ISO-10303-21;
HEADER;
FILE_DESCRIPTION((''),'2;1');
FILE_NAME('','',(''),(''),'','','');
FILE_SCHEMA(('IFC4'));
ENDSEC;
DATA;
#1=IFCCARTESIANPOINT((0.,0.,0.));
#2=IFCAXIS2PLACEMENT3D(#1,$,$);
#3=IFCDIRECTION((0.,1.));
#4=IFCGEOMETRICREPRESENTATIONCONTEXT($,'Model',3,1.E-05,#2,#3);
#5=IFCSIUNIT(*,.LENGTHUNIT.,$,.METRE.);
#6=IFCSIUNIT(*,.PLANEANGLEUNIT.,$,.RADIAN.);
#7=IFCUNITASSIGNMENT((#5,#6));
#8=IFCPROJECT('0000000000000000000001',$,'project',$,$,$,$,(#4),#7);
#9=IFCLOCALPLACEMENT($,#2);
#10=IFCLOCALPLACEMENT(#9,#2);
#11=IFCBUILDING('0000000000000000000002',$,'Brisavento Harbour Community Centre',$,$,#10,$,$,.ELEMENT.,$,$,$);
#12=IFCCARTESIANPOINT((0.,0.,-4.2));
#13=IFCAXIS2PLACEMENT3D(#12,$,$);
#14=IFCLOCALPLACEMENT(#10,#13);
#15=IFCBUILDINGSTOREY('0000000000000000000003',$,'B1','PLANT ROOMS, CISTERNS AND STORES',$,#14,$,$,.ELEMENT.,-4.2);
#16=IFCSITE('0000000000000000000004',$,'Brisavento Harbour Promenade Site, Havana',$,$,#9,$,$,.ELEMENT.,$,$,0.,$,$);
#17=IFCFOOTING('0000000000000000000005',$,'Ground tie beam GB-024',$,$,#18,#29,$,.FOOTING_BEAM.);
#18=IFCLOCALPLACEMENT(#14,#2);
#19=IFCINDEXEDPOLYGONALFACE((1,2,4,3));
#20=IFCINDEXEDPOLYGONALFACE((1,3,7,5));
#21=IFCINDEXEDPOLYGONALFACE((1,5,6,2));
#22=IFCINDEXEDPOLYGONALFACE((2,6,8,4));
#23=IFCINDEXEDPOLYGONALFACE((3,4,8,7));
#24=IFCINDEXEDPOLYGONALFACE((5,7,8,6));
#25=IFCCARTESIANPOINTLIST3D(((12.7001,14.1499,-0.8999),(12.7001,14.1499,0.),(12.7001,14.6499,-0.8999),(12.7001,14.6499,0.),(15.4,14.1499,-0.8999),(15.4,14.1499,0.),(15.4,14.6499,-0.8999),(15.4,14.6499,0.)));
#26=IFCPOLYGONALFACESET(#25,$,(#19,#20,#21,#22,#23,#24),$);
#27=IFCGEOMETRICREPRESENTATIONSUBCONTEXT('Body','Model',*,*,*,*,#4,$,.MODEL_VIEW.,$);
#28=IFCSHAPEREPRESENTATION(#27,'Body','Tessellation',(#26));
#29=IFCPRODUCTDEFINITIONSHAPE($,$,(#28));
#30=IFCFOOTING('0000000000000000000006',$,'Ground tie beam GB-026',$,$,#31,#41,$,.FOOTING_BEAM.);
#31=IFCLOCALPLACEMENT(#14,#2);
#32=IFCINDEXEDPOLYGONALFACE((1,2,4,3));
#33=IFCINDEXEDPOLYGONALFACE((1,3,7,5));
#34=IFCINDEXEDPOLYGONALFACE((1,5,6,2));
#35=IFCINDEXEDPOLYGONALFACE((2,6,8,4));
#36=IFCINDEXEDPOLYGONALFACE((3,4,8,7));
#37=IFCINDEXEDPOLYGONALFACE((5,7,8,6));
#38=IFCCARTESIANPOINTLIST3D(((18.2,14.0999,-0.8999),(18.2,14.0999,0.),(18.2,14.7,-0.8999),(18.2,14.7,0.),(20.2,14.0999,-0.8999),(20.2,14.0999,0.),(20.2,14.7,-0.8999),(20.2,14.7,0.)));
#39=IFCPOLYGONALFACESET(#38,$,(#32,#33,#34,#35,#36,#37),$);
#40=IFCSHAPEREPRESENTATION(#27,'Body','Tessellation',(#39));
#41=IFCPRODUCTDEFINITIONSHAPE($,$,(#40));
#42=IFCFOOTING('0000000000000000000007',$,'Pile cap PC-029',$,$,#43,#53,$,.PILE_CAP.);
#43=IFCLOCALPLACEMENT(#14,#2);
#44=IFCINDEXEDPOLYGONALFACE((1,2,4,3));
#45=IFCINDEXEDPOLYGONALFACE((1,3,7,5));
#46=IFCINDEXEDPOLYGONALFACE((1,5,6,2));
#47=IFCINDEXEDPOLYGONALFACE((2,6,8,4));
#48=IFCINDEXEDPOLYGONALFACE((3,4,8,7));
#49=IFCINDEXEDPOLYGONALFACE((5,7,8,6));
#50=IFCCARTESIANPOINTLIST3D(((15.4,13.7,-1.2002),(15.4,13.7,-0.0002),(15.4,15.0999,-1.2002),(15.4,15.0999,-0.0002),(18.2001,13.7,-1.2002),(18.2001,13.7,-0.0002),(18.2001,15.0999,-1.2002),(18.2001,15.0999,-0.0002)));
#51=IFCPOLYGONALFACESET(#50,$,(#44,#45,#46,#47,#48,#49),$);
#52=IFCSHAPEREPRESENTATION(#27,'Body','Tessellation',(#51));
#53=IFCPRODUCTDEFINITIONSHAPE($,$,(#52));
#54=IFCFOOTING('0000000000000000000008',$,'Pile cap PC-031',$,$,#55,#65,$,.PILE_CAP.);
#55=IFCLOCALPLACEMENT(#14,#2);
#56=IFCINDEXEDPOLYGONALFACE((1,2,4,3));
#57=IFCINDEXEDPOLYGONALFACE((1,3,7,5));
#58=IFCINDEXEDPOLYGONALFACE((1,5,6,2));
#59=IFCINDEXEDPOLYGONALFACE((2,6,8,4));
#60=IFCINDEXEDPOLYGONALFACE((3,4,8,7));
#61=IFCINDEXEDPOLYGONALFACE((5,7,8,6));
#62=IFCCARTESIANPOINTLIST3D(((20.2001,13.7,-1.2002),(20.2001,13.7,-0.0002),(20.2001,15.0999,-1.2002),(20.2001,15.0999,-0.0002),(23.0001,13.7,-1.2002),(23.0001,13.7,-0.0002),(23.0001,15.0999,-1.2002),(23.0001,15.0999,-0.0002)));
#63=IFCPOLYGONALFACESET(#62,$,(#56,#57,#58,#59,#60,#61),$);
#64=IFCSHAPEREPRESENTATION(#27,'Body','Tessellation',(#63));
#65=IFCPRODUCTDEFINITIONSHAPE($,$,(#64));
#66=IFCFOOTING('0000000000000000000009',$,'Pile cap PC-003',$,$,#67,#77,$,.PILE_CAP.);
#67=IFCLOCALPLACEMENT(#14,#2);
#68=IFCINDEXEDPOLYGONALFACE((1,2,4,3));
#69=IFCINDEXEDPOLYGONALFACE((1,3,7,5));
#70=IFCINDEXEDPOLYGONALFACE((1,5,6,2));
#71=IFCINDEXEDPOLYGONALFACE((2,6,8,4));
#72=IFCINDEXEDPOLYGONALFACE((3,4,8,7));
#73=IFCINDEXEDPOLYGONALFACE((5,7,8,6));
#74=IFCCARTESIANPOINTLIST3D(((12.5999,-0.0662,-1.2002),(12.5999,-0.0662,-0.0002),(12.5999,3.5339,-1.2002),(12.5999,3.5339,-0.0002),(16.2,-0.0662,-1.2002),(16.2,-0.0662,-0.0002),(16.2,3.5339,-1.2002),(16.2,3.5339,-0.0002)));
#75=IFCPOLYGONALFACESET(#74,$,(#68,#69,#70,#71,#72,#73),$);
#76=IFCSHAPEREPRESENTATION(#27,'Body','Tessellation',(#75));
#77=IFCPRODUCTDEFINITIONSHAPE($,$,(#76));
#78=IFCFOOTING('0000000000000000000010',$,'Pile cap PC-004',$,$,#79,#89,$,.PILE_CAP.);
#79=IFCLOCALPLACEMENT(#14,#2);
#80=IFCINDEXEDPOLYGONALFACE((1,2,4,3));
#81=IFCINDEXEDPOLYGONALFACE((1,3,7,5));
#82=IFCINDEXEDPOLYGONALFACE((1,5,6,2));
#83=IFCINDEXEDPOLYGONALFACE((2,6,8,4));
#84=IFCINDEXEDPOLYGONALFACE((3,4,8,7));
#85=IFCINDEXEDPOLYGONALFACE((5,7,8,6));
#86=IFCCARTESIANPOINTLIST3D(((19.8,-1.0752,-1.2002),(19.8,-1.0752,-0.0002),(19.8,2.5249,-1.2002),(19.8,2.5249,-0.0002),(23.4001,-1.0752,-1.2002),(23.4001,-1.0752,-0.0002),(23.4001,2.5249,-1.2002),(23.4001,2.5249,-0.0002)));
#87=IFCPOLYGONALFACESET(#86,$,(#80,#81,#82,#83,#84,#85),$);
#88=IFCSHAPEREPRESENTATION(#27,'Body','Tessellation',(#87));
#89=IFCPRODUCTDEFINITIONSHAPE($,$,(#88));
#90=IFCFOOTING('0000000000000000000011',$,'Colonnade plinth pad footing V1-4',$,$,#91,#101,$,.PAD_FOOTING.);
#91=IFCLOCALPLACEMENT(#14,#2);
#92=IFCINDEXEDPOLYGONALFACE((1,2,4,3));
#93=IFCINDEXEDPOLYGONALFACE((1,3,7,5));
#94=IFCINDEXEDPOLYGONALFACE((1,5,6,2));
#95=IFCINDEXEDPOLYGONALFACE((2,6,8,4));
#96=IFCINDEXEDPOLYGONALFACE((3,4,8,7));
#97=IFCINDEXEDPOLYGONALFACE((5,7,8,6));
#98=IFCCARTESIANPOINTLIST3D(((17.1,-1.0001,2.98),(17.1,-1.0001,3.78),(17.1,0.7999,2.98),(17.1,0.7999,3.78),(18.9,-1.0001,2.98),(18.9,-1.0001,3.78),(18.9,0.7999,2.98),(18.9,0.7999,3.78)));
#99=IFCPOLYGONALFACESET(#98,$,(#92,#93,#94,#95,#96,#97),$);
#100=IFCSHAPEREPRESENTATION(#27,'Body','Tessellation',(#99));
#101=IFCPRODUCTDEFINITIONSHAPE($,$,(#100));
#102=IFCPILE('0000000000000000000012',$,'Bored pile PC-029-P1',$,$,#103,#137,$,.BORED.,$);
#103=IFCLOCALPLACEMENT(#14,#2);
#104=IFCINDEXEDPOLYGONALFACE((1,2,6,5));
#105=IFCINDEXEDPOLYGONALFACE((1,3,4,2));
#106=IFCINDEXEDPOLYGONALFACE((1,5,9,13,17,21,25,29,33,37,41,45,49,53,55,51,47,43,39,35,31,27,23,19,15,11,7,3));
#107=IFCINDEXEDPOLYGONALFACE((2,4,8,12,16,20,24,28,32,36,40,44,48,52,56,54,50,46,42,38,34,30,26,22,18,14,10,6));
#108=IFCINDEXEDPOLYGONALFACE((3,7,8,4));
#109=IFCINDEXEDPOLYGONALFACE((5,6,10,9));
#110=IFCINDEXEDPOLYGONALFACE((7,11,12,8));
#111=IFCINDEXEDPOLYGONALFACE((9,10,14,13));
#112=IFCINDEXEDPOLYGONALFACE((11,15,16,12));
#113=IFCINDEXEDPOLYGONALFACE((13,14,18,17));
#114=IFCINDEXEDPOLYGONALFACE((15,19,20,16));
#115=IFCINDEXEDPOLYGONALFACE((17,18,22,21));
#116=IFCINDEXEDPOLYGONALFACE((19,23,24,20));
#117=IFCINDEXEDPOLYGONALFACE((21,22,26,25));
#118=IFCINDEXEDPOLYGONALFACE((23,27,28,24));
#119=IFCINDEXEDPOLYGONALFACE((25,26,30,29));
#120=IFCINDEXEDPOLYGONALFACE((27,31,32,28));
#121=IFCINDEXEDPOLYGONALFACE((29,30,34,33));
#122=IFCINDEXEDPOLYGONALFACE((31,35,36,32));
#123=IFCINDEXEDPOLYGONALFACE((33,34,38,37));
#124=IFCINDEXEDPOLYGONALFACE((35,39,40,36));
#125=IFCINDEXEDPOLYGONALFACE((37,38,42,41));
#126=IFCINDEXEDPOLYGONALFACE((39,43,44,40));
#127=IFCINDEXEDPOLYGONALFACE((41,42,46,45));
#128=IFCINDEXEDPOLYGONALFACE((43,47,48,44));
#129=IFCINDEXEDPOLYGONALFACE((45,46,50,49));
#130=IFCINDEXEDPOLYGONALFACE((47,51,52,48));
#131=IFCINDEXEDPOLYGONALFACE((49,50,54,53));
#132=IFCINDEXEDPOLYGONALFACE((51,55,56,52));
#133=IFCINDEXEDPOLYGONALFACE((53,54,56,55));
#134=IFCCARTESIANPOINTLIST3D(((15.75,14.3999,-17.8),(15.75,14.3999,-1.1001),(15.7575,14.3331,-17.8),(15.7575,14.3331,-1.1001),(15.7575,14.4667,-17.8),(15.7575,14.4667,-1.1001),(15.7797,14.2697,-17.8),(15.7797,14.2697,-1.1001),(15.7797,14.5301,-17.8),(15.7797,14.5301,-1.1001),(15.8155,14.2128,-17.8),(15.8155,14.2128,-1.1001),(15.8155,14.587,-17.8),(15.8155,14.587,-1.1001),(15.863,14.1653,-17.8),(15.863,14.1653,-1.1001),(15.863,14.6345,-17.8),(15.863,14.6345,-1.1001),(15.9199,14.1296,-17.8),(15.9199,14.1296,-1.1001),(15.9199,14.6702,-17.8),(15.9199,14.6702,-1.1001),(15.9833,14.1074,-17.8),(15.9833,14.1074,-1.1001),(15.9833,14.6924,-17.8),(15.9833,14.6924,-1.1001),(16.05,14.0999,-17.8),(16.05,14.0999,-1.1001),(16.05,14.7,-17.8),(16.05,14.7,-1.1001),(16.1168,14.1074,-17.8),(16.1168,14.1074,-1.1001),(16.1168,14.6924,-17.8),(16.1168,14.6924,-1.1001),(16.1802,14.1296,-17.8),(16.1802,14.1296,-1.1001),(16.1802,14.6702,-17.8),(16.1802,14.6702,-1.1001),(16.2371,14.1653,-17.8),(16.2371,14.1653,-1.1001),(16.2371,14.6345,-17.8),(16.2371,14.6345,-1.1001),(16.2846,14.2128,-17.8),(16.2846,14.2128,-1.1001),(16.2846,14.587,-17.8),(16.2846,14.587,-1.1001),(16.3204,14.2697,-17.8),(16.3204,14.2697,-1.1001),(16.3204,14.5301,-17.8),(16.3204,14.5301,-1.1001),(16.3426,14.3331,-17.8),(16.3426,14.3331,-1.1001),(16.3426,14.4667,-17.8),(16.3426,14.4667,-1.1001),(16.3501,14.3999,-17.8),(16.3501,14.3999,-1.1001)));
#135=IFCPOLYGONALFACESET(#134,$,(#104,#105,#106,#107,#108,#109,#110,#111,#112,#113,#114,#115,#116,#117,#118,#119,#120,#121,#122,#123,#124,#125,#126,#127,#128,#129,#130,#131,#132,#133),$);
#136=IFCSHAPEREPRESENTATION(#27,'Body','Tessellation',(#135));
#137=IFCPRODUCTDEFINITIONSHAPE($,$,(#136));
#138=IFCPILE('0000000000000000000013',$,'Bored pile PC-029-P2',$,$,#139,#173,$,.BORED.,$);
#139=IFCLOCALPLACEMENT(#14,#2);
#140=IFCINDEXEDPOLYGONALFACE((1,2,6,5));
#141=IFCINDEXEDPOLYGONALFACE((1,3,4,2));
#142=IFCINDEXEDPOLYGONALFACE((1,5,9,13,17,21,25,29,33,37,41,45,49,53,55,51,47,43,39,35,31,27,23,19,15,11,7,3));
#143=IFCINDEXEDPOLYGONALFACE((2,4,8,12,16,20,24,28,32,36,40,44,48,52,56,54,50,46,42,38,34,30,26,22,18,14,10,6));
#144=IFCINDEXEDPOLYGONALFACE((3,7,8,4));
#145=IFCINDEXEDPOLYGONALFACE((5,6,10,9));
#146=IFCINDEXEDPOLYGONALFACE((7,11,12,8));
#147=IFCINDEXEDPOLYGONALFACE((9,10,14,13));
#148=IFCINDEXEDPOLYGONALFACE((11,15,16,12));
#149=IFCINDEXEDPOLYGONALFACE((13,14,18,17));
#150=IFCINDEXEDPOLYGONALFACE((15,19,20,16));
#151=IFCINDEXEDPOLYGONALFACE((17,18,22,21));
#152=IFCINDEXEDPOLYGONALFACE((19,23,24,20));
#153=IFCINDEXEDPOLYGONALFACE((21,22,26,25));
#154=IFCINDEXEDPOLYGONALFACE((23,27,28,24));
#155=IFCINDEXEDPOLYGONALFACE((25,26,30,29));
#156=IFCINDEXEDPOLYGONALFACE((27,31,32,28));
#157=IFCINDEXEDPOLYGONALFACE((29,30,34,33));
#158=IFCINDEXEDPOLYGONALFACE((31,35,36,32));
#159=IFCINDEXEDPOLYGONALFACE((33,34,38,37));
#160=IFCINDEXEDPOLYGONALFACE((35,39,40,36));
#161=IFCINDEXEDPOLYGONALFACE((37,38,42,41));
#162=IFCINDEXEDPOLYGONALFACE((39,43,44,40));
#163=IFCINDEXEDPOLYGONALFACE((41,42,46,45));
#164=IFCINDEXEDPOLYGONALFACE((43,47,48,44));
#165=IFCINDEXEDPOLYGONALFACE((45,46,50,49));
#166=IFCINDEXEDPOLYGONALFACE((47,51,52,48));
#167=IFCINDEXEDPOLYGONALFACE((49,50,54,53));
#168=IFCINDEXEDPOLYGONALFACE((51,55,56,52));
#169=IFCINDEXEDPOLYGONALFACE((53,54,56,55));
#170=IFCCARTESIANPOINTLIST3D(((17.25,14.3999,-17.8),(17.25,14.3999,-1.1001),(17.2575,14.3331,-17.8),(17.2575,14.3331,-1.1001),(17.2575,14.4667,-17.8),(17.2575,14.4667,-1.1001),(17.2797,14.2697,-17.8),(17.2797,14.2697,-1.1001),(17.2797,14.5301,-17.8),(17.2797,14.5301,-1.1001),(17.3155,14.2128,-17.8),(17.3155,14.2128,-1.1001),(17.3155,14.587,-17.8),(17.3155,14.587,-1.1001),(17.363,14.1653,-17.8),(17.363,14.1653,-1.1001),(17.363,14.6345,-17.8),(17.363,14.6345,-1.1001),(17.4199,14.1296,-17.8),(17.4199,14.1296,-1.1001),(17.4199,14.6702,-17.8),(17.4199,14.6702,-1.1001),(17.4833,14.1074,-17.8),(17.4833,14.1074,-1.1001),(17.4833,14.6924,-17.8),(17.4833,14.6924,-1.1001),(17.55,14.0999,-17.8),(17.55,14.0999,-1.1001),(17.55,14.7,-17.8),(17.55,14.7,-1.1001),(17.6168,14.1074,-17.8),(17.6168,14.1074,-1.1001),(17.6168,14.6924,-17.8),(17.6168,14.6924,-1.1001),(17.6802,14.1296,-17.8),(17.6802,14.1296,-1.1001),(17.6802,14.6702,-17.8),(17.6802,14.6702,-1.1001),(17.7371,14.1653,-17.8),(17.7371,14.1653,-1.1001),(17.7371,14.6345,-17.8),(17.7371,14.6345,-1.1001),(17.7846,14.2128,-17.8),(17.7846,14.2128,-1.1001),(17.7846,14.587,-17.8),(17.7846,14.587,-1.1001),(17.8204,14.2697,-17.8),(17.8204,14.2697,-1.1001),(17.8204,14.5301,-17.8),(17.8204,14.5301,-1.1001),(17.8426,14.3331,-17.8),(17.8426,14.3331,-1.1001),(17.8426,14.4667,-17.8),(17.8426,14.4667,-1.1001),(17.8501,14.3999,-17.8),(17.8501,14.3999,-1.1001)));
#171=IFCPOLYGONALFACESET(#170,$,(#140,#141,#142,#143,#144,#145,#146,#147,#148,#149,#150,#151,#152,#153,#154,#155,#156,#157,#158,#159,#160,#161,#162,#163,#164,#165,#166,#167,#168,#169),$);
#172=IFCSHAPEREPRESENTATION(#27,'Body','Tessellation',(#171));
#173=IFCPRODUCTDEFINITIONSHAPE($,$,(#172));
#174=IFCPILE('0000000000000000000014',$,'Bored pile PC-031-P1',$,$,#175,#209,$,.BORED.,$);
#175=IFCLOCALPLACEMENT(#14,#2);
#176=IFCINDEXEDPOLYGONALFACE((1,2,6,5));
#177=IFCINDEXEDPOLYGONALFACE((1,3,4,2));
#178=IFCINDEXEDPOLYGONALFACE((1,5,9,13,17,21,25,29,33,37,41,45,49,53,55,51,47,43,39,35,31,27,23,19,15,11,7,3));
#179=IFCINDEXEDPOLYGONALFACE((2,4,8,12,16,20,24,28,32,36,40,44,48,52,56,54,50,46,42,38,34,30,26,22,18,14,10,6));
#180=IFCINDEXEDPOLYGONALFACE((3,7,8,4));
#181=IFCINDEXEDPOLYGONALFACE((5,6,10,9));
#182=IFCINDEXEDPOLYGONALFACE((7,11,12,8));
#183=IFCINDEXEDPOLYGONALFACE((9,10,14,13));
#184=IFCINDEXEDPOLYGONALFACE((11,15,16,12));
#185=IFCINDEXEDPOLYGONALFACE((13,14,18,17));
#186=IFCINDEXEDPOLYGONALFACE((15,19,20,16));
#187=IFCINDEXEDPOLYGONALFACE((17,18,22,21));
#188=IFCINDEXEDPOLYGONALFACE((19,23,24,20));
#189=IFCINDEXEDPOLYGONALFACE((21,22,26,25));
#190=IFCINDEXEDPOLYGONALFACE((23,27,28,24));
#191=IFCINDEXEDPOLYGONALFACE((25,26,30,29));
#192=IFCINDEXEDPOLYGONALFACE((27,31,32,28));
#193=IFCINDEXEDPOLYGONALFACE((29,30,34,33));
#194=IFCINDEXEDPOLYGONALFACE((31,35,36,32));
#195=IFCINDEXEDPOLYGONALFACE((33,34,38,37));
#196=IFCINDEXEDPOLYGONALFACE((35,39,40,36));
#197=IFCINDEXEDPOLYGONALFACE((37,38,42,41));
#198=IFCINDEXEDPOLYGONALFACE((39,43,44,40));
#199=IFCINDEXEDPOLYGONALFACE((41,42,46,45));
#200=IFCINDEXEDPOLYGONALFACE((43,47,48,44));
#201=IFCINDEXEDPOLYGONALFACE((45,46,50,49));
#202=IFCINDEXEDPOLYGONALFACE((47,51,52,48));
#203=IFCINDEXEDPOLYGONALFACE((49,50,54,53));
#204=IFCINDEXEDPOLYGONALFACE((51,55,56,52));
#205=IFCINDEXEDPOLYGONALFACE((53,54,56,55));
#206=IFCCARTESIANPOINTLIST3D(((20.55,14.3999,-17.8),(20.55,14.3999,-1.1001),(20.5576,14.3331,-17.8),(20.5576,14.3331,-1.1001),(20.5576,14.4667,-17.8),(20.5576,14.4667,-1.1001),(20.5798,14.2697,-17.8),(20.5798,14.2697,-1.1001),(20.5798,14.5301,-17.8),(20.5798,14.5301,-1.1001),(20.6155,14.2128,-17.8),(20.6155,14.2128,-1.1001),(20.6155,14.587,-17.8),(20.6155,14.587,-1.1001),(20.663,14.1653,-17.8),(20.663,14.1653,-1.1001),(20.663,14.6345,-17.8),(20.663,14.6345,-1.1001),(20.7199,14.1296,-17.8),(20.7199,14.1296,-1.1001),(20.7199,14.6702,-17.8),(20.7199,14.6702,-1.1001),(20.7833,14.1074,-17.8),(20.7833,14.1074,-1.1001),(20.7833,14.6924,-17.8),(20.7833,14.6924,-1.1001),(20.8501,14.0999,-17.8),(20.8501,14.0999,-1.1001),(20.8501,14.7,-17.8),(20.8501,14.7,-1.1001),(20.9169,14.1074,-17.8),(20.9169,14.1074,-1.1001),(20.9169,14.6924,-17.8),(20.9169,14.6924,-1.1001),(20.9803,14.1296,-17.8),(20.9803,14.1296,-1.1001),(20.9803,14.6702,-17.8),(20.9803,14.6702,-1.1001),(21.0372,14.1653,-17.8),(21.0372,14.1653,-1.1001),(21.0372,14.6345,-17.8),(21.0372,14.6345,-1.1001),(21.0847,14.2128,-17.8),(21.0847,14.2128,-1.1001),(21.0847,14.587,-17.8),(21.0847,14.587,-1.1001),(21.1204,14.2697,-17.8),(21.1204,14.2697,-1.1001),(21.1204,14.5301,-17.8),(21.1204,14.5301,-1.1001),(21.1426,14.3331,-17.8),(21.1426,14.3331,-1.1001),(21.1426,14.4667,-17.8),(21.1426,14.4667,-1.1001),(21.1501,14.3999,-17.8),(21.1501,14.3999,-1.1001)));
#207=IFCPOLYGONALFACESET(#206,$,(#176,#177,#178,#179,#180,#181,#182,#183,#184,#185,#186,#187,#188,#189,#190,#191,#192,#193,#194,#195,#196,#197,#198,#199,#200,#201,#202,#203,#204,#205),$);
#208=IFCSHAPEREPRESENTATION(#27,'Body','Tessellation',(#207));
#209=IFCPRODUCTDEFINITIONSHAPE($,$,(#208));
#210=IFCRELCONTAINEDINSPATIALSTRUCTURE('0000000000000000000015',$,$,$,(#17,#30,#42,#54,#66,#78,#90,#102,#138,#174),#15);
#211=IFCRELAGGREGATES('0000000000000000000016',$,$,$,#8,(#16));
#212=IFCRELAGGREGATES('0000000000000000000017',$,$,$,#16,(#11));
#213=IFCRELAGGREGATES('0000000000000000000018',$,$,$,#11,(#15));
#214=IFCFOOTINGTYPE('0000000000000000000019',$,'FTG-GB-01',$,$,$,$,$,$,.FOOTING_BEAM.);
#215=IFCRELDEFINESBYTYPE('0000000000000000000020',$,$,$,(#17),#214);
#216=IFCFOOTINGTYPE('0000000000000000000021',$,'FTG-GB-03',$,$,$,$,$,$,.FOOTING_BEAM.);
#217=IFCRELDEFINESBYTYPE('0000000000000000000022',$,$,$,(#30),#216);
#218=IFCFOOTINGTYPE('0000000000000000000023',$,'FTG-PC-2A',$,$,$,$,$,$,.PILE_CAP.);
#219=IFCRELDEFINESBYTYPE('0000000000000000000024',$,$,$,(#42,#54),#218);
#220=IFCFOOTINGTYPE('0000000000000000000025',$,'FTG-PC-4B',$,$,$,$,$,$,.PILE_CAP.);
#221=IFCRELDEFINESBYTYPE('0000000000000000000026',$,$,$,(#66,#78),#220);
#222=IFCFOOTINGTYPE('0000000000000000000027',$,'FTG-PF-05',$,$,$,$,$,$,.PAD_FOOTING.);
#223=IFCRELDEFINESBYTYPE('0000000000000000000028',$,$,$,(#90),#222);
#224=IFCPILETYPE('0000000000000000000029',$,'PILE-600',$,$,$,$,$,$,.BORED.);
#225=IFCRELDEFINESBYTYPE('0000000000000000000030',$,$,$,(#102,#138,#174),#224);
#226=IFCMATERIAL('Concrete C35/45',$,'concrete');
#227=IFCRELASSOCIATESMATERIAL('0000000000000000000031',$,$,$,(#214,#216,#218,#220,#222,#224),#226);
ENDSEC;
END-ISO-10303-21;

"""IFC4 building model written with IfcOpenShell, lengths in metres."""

from ifc_helpers import new_model, si_unit, direction, frame, origin, origin_2d, place, context, subcontext, project, spatial, rectangle, circle, extrude, material, material_profile, profile_set, type_object, element, save


model = new_model("IFC4")

# Units and contexts
model_context = context("Model", 3, precision=1e-05, world=origin(), true_north=direction((0.0, 1.0)))
body_context = subcontext(model_context, "Body", "Model", "MODEL_VIEW")
ifc_project = project(units=[si_unit("LENGTHUNIT", "METRE"), si_unit("PLANEANGLEUNIT", "RADIAN")], contexts=[model_context])

# Site, building, storey
site_placement = place(None, origin())
site = spatial("IfcSite", under=ifc_project, at=site_placement, Name="Brisavento Harbour Promenade Site, Havana", CompositionType="ELEMENT", RefElevation=0.0)
building_placement = place(site_placement, origin())
building = spatial("IfcBuilding", under=site, at=building_placement, Name="Brisavento Harbour Community Centre", CompositionType="ELEMENT")
storey_placement = place(building_placement, frame((0.0, 0.0, -4.2)))
storey = spatial("IfcBuildingStorey", under=building, at=storey_placement, Name="B1", Description="PLANT ROOMS, CISTERNS AND STORES", CompositionType="ELEMENT", Elevation=-4.2)

# Footings
ifc_material_1 = material(Name="Concrete C35/45", Category="concrete")
footing_type_1 = type_object("IfcFootingType", Name="FTG-GB-01", PredefinedType="FOOTING_BEAM", material=ifc_material_1)
footing_1_placement = place(storey_placement, frame((14.05, 14.3999, -0.8999), z_axis=(0.0, 0.0, 1.0), x_axis=(1.0, 0.0, 0.0)))
element("IfcFooting", 1, at=footing_1_placement, inside=storey, type_object=footing_type_1, Name="Ground tie beam GB-024", PredefinedType="FOOTING_BEAM", context=body_context, shape_type="SweptSolid", body=[
    extrude(rectangle(XDim=2.7, YDim=0.5, at=origin_2d()), origin(), (0.0, 0.0, 1.0), 0.8999),
])
footing_type_2 = type_object("IfcFootingType", Name="FTG-GB-03", PredefinedType="FOOTING_BEAM", material=ifc_material_1)
footing_2_placement = place(storey_placement, frame((19.2, 14.3999, -0.8999), z_axis=(0.0, 0.0, 1.0), x_axis=(1.0, 0.0, 0.0)))
element("IfcFooting", 2, at=footing_2_placement, inside=storey, type_object=footing_type_2, Name="Ground tie beam GB-026", PredefinedType="FOOTING_BEAM", context=body_context, shape_type="SweptSolid", body=[
    extrude(rectangle(XDim=2.0, YDim=0.6001, at=origin_2d()), origin(), (0.0, 0.0, 1.0), 0.8999),
])
footing_type_3 = type_object("IfcFootingType", Name="FTG-PC-2A", PredefinedType="PILE_CAP", material=ifc_material_1)
for number, where, z_axis, x_axis, name in (
    (3, (16.8, 14.3999, -1.2002), (0.0, 0.0, 1.0), (1.0, 0.0, 0.0), "Pile cap PC-029"),
    (4, (21.6001, 14.3999, -1.2002), (0.0, 0.0, 1.0), (1.0, 0.0, 0.0), "Pile cap PC-031"),
):
    element("IfcFooting", number, at=place(storey_placement, frame(where, z_axis=z_axis, x_axis=x_axis)), inside=storey, type_object=footing_type_3, Name=name, PredefinedType="PILE_CAP", context=body_context, shape_type="SweptSolid", body=[
        extrude(rectangle(XDim=2.8, YDim=1.3999, at=origin_2d()), origin(), (0.0, 0.0, 1.0), 1.2),
    ])
footing_type_4 = type_object("IfcFootingType", Name="FTG-PC-4B", PredefinedType="PILE_CAP", material=ifc_material_1)
for number, where, z_axis, x_axis, name in (
    (5, (14.3999, 1.7339, -1.2002), (0.0, 0.0, 1.0), (1.0, 0.0, 0.0), "Pile cap PC-003"),
    (6, (21.6001, 0.7249, -1.2002), (0.0, 0.0, 1.0), (1.0, 0.0, 0.0), "Pile cap PC-004"),
):
    element("IfcFooting", number, at=place(storey_placement, frame(where, z_axis=z_axis, x_axis=x_axis)), inside=storey, type_object=footing_type_4, Name=name, PredefinedType="PILE_CAP", context=body_context, shape_type="SweptSolid", body=[
        extrude(rectangle(XDim=3.6001, YDim=3.6001, at=origin_2d()), origin(), (0.0, 0.0, 1.0), 1.2),
    ])
footing_type_5 = type_object("IfcFootingType", Name="FTG-PF-05", PredefinedType="PAD_FOOTING", material=ifc_material_1)
footing_3_placement = place(storey_placement, frame((18.0, -0.1001, 2.98), z_axis=(0.0, 0.0, 1.0), x_axis=(1.0, 0.0, 0.0)))
element("IfcFooting", 7, at=footing_3_placement, inside=storey, type_object=footing_type_5, Name="Colonnade plinth pad footing V1-4", PredefinedType="PAD_FOOTING", context=body_context, shape_type="SweptSolid", body=[
    extrude(rectangle(XDim=1.8, YDim=1.8, at=origin_2d()), origin(), (0.0, 0.0, 1.0), 0.8),
])

# Piles
ifc_material_profile_1 = material_profile(ifc_material_1, circle(Radius=0.3, at=origin_2d()), Name="Concrete C35/45")
ifc_profile_set_1 = profile_set([ifc_material_profile_1], Name="Concrete C35/45")
pile_type_1 = type_object("IfcPileType", Name="PILE-600", PredefinedType="BORED", material=ifc_profile_set_1)
for number, where, z_axis, x_axis, name in (
    (8, (16.05, 14.3999, -1.1001), (0.0, 0.0, -1.0), (1.0, 0.0, 0.0), "Bored pile PC-029-P1"),
    (9, (17.55, 14.3999, -1.1001), (0.0, 0.0, -1.0), (1.0, 0.0, 0.0), "Bored pile PC-029-P2"),
    (10, (20.8501, 14.3999, -1.1001), (0.0, 0.0, -1.0), (1.0, 0.0, 0.0), "Bored pile PC-031-P1"),
):
    element("IfcPile", number, at=place(storey_placement, frame(where, z_axis=z_axis, x_axis=x_axis)), inside=storey, type_object=pile_type_1, Name=name, PredefinedType="BORED", context=body_context, shape_type="SweptSolid", body=[
        extrude(circle(Radius=0.3, at=origin_2d()), origin(), (0.0, 0.0, 1.0), 16.7),
    ])

save(model, "model.ifc")
